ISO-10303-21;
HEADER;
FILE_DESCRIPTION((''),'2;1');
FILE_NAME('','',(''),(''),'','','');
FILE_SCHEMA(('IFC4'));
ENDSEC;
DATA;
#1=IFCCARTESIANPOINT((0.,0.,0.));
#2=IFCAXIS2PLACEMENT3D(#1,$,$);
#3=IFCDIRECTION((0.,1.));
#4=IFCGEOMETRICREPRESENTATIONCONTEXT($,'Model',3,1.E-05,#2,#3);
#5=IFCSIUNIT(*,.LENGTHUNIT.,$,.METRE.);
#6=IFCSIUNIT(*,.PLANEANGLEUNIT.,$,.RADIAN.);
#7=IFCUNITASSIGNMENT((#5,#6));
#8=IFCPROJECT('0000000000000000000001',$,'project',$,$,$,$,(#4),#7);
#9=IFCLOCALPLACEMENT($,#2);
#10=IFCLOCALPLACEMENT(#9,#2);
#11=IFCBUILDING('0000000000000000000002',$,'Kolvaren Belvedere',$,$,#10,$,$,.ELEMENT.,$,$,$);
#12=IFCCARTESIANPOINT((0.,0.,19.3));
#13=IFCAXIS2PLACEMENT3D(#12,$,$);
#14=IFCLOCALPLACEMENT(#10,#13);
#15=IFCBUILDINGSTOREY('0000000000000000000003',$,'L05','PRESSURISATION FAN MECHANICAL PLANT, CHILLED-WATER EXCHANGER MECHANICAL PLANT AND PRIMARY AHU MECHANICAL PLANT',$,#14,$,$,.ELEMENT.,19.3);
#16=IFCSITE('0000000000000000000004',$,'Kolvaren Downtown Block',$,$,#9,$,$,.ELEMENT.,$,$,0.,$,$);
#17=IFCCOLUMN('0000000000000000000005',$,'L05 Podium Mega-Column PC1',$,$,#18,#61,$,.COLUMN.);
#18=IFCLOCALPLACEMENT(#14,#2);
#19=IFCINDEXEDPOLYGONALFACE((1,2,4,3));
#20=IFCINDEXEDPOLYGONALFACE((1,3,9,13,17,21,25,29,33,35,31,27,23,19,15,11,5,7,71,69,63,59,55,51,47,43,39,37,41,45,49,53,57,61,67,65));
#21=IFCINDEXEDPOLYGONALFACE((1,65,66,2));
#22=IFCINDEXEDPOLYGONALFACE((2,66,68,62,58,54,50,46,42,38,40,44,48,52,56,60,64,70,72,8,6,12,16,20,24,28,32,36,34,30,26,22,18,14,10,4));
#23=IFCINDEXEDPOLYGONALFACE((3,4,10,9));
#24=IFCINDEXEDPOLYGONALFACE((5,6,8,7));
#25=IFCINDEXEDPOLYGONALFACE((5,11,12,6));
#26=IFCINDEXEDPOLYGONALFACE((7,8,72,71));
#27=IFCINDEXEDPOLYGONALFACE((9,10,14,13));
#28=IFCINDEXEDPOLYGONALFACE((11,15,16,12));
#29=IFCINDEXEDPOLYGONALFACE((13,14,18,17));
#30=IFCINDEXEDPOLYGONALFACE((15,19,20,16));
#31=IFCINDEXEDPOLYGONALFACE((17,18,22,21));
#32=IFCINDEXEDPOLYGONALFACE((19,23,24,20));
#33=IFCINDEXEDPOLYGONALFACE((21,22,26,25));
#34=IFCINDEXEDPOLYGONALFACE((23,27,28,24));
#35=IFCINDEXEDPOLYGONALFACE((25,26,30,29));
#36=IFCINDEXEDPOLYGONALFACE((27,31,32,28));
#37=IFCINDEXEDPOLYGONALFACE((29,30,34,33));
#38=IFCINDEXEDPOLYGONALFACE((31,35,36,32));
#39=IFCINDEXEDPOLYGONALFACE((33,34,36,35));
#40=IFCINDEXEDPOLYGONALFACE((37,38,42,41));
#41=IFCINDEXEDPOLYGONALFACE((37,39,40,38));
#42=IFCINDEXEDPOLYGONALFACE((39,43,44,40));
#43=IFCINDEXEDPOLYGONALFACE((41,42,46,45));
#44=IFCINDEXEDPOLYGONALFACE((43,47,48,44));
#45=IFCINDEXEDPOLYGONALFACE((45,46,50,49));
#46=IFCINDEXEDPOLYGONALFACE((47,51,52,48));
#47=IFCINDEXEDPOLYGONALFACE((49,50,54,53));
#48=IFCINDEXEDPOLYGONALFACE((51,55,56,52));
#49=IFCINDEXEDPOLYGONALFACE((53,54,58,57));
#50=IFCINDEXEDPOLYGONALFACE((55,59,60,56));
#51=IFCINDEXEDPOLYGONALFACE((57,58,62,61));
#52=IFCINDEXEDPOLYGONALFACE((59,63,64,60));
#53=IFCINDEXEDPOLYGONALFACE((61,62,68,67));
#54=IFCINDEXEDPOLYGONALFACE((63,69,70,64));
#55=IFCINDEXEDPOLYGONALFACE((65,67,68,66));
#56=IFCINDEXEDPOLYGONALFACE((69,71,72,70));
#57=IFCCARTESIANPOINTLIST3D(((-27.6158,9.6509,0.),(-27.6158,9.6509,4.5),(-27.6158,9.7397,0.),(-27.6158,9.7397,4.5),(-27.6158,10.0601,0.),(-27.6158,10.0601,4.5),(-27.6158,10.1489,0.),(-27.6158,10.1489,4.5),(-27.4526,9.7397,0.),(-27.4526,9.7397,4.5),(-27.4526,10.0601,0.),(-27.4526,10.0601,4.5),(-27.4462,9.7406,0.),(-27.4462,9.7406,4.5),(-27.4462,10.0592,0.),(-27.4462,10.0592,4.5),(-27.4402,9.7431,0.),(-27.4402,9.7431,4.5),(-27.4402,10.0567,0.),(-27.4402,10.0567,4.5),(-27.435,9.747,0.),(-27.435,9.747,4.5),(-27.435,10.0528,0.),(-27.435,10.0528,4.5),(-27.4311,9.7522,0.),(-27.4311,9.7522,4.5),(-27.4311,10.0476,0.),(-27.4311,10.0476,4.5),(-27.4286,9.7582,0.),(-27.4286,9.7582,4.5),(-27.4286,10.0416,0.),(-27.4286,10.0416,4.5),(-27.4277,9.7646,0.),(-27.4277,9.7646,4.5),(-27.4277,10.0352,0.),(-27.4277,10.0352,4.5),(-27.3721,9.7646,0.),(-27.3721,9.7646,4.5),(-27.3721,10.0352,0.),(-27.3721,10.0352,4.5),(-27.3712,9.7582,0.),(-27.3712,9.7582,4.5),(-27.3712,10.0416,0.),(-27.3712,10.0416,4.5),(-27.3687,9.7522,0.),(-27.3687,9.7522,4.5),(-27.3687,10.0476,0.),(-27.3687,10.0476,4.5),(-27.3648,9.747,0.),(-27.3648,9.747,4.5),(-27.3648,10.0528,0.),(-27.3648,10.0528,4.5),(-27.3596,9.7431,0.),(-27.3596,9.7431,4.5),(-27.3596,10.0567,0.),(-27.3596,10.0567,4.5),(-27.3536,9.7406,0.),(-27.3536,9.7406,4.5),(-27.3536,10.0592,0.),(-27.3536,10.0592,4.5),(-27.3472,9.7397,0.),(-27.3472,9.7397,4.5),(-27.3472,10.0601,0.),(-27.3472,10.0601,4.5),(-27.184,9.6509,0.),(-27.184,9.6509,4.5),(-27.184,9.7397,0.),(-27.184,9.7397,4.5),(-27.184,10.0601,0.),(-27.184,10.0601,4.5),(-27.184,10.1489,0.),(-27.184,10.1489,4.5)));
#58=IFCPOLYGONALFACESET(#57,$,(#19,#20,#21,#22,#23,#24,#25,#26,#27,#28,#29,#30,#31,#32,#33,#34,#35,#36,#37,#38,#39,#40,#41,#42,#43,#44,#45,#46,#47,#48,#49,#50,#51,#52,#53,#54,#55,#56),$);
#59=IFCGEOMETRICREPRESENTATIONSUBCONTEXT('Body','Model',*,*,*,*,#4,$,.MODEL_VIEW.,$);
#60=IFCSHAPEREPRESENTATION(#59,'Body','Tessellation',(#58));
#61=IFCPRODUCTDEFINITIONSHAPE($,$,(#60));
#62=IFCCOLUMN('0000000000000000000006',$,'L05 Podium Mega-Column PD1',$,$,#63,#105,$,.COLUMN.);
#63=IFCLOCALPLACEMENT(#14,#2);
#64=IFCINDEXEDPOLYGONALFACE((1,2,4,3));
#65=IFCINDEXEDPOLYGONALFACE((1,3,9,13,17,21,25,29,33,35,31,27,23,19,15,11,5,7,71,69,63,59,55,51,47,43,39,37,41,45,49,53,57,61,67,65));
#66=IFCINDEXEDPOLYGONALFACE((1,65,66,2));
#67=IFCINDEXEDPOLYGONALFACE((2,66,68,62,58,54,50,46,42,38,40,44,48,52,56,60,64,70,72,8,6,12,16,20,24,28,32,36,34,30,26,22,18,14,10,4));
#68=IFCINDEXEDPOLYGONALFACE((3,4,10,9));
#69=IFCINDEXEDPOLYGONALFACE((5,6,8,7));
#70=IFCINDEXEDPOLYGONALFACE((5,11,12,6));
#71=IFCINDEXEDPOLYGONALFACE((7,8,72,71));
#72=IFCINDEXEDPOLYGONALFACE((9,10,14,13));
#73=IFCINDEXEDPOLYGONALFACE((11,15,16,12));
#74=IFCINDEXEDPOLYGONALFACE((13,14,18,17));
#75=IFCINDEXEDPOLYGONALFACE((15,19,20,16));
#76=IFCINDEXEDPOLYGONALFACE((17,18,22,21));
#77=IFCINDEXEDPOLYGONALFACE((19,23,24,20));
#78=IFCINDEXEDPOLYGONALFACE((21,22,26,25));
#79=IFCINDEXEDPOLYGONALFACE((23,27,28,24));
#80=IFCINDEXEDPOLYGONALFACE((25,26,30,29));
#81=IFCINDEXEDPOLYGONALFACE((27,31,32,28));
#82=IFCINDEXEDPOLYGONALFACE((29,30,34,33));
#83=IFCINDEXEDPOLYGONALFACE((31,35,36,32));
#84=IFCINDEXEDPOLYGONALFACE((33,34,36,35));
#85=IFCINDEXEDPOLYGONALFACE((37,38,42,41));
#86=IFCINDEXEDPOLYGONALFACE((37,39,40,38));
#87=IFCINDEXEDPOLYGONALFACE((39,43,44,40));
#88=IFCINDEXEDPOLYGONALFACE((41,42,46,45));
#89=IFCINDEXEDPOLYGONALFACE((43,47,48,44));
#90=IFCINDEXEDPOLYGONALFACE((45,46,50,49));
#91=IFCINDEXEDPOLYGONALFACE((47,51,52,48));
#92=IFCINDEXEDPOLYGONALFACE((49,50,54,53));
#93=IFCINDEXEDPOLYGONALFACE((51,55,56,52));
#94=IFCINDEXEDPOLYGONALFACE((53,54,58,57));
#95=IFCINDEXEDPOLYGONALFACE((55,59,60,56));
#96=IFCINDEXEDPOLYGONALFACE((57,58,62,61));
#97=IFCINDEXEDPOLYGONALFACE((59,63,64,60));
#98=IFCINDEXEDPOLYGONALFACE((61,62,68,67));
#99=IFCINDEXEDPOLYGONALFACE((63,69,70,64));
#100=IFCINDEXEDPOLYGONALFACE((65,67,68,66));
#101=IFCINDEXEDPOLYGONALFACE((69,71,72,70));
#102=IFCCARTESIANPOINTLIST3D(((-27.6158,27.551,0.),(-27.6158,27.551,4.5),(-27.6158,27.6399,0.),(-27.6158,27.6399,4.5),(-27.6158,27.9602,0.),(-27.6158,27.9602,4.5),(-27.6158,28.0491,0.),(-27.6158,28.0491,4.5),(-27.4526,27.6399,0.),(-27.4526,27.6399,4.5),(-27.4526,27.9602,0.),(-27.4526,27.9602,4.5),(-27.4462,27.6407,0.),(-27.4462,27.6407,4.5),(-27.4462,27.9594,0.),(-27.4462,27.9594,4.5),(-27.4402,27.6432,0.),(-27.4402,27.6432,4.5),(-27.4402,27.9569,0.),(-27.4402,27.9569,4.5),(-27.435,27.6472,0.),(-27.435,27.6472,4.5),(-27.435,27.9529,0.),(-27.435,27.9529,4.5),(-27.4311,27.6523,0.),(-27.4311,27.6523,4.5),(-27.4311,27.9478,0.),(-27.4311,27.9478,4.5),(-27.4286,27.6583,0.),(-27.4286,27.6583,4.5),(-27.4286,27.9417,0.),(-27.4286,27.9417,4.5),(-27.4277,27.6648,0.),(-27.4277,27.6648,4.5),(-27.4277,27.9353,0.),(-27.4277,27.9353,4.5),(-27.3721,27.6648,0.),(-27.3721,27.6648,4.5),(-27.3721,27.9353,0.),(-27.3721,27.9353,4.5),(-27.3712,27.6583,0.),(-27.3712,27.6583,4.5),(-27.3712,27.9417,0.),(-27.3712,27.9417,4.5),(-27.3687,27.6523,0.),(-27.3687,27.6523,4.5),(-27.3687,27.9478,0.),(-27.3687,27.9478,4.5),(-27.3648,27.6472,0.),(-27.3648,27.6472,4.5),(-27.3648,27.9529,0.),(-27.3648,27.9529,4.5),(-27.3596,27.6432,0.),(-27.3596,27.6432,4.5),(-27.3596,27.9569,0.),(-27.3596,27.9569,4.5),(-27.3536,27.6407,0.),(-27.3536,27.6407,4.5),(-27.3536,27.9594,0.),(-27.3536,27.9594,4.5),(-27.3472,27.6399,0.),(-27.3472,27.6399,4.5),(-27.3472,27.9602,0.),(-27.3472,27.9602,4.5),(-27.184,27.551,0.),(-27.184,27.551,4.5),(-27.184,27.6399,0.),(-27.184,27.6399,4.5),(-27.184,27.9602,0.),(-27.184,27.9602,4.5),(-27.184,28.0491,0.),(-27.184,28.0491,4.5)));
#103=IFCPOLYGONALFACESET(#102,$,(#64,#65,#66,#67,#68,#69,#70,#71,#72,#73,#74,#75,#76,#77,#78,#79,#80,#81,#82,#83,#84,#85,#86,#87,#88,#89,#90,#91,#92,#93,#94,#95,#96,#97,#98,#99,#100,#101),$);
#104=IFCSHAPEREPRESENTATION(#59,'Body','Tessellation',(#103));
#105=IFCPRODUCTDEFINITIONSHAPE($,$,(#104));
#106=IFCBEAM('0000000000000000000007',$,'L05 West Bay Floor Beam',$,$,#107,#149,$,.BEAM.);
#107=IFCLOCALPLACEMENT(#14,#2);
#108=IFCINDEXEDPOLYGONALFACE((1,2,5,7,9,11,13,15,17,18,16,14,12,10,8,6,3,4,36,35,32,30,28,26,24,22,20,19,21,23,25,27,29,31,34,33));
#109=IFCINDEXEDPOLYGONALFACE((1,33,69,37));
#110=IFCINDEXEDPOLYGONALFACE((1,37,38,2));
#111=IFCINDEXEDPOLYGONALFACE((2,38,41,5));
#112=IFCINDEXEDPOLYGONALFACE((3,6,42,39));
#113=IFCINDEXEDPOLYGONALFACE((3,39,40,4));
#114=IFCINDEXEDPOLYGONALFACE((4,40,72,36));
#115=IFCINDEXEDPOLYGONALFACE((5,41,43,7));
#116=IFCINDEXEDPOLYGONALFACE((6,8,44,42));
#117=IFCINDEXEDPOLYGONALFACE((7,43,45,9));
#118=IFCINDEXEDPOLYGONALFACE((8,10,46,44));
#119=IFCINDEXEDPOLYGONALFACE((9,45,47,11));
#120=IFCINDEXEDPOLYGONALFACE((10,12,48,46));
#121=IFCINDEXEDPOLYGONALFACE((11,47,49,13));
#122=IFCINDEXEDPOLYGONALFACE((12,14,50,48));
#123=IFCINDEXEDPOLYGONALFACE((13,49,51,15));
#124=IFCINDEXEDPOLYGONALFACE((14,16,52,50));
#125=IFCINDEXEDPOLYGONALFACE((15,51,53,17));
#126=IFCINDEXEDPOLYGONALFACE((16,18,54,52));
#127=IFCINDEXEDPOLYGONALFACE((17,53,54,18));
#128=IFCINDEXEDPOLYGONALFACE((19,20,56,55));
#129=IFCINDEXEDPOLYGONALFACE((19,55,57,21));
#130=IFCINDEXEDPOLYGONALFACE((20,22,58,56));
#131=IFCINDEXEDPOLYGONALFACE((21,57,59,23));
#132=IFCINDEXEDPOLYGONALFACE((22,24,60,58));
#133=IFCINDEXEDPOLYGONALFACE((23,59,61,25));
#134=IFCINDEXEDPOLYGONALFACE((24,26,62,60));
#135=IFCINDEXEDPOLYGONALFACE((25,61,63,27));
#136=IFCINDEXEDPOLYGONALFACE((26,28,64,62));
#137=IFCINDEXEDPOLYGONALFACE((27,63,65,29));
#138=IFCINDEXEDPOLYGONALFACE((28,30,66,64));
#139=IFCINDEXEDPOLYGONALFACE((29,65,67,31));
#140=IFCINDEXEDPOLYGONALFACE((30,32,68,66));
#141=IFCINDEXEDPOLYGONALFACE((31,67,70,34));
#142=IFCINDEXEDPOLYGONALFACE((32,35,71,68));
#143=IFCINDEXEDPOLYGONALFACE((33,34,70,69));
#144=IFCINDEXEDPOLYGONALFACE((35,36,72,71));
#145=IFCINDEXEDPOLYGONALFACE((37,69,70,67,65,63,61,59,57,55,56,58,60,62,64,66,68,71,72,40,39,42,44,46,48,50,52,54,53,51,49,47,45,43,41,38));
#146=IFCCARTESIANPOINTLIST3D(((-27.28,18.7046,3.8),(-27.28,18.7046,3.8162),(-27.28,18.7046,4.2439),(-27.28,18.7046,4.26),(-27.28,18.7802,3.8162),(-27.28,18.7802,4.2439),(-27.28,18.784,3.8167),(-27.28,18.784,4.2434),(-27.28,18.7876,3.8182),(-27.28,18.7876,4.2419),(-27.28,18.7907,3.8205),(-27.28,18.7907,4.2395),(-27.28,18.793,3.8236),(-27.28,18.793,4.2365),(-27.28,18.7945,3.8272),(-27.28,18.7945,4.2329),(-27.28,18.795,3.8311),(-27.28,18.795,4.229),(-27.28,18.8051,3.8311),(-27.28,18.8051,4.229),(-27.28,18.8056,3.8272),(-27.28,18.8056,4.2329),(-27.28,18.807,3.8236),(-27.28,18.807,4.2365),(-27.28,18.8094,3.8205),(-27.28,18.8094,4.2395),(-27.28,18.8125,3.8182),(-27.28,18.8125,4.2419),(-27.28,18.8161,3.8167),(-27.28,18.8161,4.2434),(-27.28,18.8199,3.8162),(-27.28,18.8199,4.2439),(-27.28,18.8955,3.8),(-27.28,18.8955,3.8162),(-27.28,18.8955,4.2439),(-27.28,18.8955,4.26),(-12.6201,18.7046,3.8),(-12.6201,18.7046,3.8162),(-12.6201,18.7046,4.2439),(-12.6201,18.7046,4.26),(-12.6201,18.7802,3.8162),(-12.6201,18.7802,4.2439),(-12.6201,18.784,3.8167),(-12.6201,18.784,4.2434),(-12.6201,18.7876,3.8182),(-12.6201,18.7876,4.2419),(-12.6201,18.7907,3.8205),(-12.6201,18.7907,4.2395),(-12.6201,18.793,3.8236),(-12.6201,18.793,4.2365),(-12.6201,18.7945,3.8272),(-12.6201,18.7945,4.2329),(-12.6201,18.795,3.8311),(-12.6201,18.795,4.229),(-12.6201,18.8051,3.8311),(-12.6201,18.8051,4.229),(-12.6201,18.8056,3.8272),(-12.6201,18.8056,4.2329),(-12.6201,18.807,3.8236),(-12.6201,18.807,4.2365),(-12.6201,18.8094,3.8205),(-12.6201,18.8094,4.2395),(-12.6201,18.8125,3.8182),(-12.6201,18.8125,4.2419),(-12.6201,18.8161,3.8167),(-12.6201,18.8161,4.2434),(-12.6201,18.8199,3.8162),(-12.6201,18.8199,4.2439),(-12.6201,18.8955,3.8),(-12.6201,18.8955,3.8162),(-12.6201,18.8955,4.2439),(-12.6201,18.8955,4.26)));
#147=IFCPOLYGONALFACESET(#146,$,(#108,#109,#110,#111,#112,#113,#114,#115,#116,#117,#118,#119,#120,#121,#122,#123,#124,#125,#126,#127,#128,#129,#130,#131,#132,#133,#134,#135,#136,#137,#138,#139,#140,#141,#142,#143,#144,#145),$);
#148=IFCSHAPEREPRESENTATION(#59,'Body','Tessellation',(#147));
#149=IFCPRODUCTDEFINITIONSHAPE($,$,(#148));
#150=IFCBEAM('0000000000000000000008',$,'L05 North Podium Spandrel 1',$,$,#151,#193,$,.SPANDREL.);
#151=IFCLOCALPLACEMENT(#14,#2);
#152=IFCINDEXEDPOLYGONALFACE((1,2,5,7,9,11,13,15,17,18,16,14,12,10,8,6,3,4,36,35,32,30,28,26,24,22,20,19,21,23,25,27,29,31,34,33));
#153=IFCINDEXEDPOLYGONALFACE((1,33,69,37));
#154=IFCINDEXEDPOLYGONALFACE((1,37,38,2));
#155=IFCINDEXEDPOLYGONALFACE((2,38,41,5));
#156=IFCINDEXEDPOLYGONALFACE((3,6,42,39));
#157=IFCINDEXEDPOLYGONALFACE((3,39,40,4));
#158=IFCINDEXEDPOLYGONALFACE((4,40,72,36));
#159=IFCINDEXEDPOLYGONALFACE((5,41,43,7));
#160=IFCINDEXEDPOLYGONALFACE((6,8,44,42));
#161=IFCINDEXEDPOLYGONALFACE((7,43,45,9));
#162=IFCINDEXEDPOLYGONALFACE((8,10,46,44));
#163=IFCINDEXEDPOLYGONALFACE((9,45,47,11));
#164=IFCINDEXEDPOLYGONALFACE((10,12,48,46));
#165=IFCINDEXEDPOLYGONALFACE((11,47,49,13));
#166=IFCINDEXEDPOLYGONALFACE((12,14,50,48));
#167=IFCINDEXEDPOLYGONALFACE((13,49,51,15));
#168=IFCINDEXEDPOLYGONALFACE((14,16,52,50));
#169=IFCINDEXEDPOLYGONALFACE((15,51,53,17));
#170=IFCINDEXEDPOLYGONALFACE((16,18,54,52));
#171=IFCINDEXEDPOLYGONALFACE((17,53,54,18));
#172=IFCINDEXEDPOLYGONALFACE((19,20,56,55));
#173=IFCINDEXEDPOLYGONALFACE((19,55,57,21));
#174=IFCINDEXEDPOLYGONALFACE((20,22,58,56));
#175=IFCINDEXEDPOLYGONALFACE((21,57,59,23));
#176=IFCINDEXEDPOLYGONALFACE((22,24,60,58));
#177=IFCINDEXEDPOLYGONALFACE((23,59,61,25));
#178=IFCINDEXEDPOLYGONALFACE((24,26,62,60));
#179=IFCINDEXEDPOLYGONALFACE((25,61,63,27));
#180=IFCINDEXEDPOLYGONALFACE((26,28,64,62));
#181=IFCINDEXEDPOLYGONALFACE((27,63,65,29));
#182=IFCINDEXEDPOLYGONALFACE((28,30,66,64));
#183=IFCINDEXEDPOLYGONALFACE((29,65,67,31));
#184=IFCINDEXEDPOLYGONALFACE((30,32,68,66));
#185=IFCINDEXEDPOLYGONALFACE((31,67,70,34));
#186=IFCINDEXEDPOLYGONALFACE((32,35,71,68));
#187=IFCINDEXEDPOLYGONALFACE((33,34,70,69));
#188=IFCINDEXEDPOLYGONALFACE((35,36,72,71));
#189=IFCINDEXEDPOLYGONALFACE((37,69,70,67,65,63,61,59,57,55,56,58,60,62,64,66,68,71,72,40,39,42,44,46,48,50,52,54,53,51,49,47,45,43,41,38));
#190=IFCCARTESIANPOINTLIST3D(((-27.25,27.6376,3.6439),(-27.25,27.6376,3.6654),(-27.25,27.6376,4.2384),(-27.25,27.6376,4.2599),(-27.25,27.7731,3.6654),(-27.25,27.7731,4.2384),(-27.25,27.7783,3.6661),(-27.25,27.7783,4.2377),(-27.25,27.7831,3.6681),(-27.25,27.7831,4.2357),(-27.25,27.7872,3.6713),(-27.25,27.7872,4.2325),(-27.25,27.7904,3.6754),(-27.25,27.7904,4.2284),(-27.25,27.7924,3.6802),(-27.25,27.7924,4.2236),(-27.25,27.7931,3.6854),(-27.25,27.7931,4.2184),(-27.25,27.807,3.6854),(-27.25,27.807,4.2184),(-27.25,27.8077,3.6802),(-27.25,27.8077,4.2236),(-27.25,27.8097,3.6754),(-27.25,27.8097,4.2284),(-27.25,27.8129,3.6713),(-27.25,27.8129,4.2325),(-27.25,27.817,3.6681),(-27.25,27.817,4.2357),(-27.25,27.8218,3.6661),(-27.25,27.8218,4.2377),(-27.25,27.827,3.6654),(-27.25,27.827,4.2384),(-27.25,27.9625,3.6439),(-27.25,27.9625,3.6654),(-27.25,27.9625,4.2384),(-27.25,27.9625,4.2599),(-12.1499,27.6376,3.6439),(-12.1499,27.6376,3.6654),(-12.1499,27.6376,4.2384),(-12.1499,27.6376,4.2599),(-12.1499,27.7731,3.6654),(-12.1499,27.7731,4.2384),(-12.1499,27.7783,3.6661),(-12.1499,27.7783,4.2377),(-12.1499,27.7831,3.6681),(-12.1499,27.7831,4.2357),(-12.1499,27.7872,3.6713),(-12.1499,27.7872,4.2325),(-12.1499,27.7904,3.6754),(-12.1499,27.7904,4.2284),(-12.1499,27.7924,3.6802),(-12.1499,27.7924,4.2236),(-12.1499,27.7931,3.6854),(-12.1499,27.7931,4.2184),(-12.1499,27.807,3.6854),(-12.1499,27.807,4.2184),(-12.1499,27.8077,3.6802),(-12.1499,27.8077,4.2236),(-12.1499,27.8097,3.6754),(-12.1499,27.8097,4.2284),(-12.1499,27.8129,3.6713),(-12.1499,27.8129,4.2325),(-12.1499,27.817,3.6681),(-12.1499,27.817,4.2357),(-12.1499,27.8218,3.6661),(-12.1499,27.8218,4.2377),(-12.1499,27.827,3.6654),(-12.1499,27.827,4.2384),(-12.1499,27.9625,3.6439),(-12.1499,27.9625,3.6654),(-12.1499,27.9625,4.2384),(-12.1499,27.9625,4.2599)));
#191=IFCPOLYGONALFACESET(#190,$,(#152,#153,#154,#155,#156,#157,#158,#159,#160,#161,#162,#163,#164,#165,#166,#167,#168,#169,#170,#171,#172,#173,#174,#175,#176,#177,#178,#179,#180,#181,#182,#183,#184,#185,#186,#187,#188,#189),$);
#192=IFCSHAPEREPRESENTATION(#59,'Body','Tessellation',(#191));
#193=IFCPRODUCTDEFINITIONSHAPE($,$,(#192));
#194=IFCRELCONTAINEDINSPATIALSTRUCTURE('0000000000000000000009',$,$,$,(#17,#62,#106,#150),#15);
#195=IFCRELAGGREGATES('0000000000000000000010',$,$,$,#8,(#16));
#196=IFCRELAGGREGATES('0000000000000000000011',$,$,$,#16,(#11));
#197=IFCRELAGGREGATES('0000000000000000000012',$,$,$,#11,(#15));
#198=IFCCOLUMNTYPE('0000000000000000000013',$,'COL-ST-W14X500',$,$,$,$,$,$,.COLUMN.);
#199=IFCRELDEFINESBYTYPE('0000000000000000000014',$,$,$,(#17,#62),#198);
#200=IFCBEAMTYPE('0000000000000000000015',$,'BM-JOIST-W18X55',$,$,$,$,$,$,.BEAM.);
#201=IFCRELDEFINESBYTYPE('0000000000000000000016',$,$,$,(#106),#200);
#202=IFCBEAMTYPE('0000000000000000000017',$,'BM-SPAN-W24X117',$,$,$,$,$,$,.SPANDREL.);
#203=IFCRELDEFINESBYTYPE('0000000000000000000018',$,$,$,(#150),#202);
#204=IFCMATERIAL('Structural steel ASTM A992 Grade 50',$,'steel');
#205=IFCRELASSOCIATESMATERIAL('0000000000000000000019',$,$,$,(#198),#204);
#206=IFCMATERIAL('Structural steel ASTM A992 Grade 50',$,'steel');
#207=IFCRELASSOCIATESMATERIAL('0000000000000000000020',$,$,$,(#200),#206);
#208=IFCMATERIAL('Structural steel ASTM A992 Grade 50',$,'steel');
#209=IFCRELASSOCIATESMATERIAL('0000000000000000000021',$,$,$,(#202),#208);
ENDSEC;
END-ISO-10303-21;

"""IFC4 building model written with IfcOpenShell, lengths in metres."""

from ifc_helpers import new_model, si_unit, direction, frame, origin, origin_2d, place, context, subcontext, project, spatial, i_section, extrude, material, material_profile, profile_set, type_object, element, save


model = new_model("IFC4")

# Units and contexts
model_context = context("Model", 3, precision=1e-05, world=origin(), true_north=direction((0.0, 1.0)))
body_context = subcontext(model_context, "Body", "Model", "MODEL_VIEW")
ifc_project = project(units=[si_unit("LENGTHUNIT", "METRE"), si_unit("PLANEANGLEUNIT", "RADIAN")], contexts=[model_context])

# Site, building, storey
site_placement = place(None, origin())
site = spatial("IfcSite", under=ifc_project, at=site_placement, Name="Kolvaren Downtown Block", CompositionType="ELEMENT", RefElevation=0.0)
building_placement = place(site_placement, origin())
building = spatial("IfcBuilding", under=site, at=building_placement, Name="Kolvaren Belvedere", CompositionType="ELEMENT")
storey_placement = place(building_placement, frame((0.0, 0.0, 19.3)))
storey = spatial("IfcBuildingStorey", under=building, at=storey_placement, Name="L05", Description="PRESSURISATION FAN MECHANICAL PLANT, CHILLED-WATER EXCHANGER MECHANICAL PLANT AND PRIMARY AHU MECHANICAL PLANT", CompositionType="ELEMENT", Elevation=19.3)

# Columns
ifc_material_1 = material(Name="Structural steel ASTM A992 Grade 50", Category="steel")
ifc_material_profile_1 = material_profile(ifc_material_1, i_section(OverallWidth=0.4319, OverallDepth=0.498, WebThickness=0.0557, FlangeThickness=0.0889, FilletRadius=0.0249, at=origin_2d()), Name="W14X500")
ifc_profile_set_1 = profile_set([ifc_material_profile_1], Name="Structural steel ASTM A992 Grade 50")
column_type = type_object("IfcColumnType", Name="COL-ST-W14X500", PredefinedType="COLUMN", material=ifc_profile_set_1)
for number, where, z_axis, x_axis, name in (
    (1, (-27.3999, 9.8999, 0.0), (0.0, 0.0, 1.0), (1.0, 0.0, 0.0), "L05 Podium Mega-Column PC1"),
    (2, (-27.3999, 27.8, 0.0), (0.0, 0.0, 1.0), (1.0, 0.0, 0.0), "L05 Podium Mega-Column PD1"),
):
    element("IfcColumn", number, at=place(storey_placement, frame(where, z_axis=z_axis, x_axis=x_axis)), inside=storey, type_object=column_type, Name=name, PredefinedType="COLUMN", context=body_context, shape_type="SweptSolid", body=[
        extrude(i_section(OverallWidth=0.4319, OverallDepth=0.498, WebThickness=0.0557, FlangeThickness=0.0889, FilletRadius=0.0249, at=origin_2d()), origin(), (0.0, 0.0, 1.0), 4.5),
    ])

# Beams
ifc_material_2 = material(Name="Structural steel ASTM A992 Grade 50", Category="steel")
ifc_material_profile_2 = material_profile(ifc_material_2, i_section(OverallWidth=0.1909, OverallDepth=0.46, WebThickness=0.01, FlangeThickness=0.0161, FilletRadius=0.0149, at=origin_2d()), Name="W18X55")
ifc_profile_set_2 = profile_set([ifc_material_profile_2], Name="Structural steel ASTM A992 Grade 50")
beam_type_1 = type_object("IfcBeamType", Name="BM-JOIST-W18X55", PredefinedType="BEAM", material=ifc_profile_set_2)
beam_1_placement = place(storey_placement, frame((-27.28, 18.8, 4.03), z_axis=(1.0, 0.0, 0.0), x_axis=(0.0, 1.0, 0.0)))
element("IfcBeam", 3, at=beam_1_placement, inside=storey, type_object=beam_type_1, Name="L05 West Bay Floor Beam", PredefinedType="BEAM", context=body_context, shape_type="SweptSolid", body=[
    extrude(i_section(OverallWidth=0.1909, OverallDepth=0.46, WebThickness=0.01, FlangeThickness=0.0161, FilletRadius=0.0149, at=origin_2d()), origin(), (0.0, 0.0, 1.0), 14.6599),
])
ifc_material_3 = material(Name="Structural steel ASTM A992 Grade 50", Category="steel")
ifc_material_profile_3 = material_profile(ifc_material_3, i_section(OverallWidth=0.325, OverallDepth=0.616, WebThickness=0.0139, FlangeThickness=0.0215, FilletRadius=0.02, at=origin_2d()), Name="W24X117")
ifc_profile_set_3 = profile_set([ifc_material_profile_3], Name="Structural steel ASTM A992 Grade 50")
beam_type_2 = type_object("IfcBeamType", Name="BM-SPAN-W24X117", PredefinedType="SPANDREL", material=ifc_profile_set_3)
beam_2_placement = place(storey_placement, frame((-27.25, 27.8, 3.9519), z_axis=(1.0, 0.0, 0.0), x_axis=(0.0, 1.0, 0.0)))
element("IfcBeam", 4, at=beam_2_placement, inside=storey, type_object=beam_type_2, Name="L05 North Podium Spandrel 1", PredefinedType="SPANDREL", context=body_context, shape_type="SweptSolid", body=[
    extrude(i_section(OverallWidth=0.325, OverallDepth=0.616, WebThickness=0.0139, FlangeThickness=0.0215, FilletRadius=0.02, at=origin_2d()), origin(), (0.0, 0.0, 1.0), 15.1001),
])

save(model, "model.ifc")
